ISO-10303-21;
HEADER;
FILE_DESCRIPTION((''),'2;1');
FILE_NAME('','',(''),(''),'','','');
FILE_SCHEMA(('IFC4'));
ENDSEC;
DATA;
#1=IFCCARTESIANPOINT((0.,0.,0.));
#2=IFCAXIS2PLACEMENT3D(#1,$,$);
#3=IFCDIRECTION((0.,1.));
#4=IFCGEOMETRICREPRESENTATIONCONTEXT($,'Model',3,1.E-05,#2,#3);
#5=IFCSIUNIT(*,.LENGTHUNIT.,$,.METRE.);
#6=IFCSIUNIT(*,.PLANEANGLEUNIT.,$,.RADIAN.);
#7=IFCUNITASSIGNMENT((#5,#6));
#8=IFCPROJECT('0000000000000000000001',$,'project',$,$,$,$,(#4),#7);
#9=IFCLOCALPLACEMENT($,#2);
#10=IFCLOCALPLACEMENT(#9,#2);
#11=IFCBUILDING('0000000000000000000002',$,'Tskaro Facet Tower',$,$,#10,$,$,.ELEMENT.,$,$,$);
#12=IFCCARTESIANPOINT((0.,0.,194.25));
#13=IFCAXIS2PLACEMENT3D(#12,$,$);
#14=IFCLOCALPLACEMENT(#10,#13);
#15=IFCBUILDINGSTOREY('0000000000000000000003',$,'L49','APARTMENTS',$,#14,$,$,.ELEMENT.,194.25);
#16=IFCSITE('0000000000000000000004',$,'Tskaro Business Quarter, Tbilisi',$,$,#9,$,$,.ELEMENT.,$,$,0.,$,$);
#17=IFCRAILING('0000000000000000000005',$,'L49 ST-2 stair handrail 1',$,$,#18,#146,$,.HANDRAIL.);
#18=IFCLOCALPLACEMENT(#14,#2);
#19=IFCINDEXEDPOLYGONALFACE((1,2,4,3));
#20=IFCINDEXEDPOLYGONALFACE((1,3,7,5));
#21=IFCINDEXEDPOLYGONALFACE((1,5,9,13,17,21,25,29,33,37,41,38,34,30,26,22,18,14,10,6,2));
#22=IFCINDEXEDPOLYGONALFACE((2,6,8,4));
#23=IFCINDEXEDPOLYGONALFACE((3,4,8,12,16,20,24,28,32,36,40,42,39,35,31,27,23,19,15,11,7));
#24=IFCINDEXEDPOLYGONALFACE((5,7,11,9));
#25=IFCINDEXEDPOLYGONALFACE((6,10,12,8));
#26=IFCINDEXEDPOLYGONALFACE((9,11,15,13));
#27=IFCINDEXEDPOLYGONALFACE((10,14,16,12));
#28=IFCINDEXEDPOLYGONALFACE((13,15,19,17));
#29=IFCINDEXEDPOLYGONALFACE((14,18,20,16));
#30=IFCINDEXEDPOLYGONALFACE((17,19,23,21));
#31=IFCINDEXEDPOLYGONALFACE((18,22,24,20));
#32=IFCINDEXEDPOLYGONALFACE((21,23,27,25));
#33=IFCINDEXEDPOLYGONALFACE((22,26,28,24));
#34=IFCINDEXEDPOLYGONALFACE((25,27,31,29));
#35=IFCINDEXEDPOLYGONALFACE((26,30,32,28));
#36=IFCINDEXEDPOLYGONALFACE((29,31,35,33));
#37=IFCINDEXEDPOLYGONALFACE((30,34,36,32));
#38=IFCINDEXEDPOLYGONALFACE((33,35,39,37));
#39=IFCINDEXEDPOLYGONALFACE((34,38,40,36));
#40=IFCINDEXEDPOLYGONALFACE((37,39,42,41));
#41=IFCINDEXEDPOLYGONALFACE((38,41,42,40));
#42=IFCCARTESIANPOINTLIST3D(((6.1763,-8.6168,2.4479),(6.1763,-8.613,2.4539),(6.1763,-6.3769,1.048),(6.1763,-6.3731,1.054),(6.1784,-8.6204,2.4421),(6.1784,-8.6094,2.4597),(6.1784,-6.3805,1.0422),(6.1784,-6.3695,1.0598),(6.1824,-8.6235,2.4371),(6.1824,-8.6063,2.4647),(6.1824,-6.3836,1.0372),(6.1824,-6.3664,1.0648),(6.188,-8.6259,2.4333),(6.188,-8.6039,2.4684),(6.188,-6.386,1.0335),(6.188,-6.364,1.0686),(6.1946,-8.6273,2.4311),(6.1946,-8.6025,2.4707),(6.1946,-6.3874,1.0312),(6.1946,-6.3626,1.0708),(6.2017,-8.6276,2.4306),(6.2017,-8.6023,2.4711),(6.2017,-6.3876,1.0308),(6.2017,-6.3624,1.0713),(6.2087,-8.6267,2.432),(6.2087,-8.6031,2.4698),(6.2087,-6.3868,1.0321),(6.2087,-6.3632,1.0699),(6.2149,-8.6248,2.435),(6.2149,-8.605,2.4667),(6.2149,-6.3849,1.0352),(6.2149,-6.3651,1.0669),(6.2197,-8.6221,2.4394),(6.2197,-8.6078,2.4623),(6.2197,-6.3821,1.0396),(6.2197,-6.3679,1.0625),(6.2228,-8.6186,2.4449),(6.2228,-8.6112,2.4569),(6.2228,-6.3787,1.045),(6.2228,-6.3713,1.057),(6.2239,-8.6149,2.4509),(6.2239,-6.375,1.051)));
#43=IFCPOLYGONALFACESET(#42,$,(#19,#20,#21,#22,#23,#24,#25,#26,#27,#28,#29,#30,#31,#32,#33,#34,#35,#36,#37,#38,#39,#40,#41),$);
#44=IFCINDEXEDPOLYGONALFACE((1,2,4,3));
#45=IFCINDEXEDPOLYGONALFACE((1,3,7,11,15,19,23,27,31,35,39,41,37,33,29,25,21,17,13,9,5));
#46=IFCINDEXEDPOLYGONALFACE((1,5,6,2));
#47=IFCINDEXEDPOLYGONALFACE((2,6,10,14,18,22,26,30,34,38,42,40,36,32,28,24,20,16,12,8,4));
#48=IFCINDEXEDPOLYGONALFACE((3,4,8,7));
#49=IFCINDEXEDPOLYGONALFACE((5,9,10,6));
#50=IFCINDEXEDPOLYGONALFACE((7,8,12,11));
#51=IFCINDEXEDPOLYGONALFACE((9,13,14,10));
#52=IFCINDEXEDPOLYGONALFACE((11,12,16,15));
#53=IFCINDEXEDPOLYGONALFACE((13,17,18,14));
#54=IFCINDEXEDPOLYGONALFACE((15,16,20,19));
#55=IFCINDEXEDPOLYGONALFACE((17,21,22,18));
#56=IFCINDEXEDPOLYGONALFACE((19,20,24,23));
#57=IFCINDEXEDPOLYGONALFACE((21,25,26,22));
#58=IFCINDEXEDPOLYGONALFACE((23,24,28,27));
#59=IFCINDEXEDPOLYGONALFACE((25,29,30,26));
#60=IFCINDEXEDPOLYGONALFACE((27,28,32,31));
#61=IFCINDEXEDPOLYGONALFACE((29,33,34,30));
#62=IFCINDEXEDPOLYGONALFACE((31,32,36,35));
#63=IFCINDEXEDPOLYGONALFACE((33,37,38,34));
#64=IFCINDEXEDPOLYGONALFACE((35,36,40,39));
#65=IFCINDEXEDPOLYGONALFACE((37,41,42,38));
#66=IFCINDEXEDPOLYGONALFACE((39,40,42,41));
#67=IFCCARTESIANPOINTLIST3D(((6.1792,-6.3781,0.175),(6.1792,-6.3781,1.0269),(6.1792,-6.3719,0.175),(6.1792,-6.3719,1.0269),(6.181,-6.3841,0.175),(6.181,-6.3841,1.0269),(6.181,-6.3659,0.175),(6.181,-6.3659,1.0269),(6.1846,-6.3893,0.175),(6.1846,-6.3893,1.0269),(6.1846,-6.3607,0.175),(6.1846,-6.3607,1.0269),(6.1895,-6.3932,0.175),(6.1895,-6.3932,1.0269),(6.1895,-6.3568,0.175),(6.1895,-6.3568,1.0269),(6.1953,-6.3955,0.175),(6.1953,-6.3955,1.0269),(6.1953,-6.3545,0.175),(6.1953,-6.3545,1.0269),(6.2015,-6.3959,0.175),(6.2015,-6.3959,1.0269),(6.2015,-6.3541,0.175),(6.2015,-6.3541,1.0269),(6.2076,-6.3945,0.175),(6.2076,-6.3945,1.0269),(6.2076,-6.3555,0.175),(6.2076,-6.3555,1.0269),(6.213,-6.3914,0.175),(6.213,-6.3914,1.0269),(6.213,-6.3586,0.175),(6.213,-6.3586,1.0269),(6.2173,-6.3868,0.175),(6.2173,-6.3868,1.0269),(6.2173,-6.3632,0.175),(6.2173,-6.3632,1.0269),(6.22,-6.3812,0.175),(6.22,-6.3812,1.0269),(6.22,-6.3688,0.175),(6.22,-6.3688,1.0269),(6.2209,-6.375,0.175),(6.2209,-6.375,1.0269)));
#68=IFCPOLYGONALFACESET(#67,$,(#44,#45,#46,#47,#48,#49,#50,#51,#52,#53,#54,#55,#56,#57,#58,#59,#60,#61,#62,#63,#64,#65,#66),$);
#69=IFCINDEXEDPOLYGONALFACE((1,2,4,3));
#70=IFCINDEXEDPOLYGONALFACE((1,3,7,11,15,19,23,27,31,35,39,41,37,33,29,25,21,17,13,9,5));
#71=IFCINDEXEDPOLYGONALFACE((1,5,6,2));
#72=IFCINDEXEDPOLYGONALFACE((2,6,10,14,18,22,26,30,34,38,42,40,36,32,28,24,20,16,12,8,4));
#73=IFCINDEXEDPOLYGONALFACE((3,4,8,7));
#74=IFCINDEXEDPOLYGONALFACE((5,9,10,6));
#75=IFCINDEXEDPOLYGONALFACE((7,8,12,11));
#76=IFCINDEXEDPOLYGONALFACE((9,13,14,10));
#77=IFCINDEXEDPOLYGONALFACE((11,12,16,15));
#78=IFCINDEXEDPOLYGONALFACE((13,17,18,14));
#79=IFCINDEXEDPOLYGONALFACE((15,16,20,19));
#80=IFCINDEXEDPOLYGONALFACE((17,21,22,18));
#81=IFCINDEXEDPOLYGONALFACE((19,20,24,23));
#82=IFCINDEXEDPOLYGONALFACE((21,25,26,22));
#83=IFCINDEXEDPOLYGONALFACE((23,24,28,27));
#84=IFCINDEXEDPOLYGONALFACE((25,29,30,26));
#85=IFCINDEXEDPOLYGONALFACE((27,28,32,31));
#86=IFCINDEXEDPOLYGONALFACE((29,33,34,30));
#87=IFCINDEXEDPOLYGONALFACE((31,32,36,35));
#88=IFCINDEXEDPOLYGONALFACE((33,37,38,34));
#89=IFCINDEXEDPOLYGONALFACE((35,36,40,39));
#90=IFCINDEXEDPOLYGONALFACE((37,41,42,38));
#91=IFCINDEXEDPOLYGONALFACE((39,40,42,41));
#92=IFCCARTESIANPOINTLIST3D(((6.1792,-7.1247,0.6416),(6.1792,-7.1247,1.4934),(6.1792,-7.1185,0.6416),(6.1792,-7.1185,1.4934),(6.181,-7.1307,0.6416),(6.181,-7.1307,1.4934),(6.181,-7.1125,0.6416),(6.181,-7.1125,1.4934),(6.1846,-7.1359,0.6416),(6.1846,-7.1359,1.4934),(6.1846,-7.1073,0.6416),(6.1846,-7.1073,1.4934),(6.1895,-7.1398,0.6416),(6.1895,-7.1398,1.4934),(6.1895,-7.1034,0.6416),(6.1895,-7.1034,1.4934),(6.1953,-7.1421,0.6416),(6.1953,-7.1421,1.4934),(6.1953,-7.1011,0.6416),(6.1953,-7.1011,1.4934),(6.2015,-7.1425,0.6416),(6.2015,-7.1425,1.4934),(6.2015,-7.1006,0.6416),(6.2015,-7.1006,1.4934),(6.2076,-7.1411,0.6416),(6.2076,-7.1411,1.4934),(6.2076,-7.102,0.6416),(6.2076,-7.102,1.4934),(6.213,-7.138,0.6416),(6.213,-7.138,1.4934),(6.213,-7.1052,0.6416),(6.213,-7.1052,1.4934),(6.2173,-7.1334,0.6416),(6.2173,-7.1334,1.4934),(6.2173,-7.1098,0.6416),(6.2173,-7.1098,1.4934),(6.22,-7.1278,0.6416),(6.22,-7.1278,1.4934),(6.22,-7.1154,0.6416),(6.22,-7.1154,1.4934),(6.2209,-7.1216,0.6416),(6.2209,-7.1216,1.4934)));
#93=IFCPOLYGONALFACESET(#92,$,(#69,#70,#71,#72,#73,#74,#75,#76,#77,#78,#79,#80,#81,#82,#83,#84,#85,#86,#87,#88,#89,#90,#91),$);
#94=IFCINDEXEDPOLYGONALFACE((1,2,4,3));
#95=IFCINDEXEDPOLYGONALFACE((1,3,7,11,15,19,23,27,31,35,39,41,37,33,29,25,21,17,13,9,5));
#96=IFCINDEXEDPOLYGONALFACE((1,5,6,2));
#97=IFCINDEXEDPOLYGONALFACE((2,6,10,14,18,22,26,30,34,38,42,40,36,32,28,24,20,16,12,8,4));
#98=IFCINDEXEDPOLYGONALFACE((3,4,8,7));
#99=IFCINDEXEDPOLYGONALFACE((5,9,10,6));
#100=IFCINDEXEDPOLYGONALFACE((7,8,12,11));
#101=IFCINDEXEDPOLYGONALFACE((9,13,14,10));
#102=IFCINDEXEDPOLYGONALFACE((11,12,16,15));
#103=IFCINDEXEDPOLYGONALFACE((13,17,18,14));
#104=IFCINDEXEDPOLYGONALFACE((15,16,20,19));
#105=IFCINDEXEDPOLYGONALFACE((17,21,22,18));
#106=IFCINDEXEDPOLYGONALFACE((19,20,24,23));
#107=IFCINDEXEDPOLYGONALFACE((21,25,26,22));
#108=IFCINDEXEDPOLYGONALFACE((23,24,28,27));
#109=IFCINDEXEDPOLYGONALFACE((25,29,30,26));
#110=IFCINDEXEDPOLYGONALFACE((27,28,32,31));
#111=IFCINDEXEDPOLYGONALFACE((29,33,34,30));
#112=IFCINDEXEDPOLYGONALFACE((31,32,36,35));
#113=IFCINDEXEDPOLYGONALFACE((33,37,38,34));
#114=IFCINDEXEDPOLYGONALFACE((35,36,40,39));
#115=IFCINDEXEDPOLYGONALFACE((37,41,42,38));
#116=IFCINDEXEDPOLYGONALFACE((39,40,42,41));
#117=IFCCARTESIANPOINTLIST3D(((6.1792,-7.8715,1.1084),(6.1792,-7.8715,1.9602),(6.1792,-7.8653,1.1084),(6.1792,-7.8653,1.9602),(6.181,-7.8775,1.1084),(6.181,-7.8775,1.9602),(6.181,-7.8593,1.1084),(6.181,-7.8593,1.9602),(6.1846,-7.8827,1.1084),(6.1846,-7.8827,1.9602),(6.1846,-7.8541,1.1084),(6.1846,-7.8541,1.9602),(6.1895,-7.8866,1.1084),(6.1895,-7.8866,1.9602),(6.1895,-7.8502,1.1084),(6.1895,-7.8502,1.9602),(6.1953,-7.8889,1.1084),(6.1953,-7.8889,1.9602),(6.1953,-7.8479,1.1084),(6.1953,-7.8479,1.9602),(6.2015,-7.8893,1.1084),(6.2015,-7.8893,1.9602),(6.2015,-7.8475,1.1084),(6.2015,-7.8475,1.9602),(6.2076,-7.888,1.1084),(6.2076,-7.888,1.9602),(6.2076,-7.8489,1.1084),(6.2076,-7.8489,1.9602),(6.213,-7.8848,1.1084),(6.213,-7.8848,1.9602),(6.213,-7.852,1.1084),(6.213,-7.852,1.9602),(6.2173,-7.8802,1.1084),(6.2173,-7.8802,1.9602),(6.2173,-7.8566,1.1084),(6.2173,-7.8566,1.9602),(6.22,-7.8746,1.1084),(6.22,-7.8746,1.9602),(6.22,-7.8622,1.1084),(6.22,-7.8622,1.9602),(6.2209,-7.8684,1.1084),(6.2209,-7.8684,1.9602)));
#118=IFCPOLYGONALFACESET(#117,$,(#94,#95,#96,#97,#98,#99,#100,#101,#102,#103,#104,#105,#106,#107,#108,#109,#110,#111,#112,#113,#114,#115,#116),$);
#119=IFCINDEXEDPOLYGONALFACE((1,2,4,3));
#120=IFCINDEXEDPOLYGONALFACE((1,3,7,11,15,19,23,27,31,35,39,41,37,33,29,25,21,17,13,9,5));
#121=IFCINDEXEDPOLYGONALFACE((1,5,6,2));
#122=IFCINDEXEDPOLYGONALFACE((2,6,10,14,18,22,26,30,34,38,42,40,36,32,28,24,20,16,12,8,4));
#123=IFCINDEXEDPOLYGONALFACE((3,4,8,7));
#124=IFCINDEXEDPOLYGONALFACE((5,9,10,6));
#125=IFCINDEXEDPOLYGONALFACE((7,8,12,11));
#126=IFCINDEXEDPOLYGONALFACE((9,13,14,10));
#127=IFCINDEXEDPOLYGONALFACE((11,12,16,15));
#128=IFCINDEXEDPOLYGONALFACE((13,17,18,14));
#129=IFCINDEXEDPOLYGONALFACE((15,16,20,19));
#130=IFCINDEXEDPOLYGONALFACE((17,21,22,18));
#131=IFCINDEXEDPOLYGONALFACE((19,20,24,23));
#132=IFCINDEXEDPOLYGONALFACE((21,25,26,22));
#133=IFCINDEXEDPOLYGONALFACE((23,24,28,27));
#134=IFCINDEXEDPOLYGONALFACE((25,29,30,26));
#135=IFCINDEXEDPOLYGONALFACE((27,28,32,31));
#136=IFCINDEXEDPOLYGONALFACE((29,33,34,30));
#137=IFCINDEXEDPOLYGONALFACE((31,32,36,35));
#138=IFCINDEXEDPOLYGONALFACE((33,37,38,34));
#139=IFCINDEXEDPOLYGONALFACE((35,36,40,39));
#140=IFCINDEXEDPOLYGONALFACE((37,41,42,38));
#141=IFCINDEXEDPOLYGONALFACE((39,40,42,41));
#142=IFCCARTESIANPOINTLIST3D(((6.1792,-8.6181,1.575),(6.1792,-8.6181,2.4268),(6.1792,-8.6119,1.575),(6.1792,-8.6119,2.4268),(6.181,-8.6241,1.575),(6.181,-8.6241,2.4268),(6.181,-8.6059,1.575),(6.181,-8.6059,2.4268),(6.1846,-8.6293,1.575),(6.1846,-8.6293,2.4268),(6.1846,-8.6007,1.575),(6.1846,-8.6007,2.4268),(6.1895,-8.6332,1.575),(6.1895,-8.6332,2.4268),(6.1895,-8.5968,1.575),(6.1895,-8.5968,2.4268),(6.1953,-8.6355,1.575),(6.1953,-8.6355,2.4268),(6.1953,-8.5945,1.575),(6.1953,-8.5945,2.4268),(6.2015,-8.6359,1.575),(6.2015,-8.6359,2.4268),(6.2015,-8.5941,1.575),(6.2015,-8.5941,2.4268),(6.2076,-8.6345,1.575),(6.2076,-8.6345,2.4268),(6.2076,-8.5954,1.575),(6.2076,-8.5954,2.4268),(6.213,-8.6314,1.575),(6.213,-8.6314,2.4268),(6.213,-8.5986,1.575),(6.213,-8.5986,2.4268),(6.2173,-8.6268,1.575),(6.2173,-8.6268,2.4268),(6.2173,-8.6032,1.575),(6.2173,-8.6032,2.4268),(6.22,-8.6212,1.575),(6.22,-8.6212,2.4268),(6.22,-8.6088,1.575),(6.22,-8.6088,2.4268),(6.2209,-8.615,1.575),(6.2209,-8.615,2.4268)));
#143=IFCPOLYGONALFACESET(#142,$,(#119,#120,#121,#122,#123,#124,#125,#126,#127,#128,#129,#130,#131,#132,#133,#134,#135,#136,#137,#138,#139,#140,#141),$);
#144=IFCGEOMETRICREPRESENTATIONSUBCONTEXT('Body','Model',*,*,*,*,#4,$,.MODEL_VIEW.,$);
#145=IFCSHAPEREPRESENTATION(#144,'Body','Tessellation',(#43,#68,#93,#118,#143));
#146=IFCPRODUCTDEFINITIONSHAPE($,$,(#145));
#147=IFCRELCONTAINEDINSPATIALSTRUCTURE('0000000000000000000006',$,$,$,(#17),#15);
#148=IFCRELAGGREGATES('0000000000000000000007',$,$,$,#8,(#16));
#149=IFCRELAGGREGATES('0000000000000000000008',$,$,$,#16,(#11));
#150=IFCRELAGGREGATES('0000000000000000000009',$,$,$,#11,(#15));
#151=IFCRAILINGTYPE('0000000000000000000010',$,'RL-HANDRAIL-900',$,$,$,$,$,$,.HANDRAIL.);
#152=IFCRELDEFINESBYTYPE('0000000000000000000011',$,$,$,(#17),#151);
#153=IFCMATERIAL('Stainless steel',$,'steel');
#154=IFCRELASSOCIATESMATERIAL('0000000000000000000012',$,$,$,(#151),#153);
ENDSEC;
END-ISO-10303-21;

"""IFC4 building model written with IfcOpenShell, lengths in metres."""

from ifc_helpers import new_model, si_unit, direction, frame, origin, origin_2d, place, context, subcontext, project, spatial, circle, extrude, material, type_object, element, save


model = new_model("IFC4")

# Units and contexts
model_context = context("Model", 3, precision=1e-05, world=origin(), true_north=direction((0.0, 1.0)))
body_context = subcontext(model_context, "Body", "Model", "MODEL_VIEW")
ifc_project = project(units=[si_unit("LENGTHUNIT", "METRE"), si_unit("PLANEANGLEUNIT", "RADIAN")], contexts=[model_context])

# Site, building, storey
site_placement = place(None, origin())
site = spatial("IfcSite", under=ifc_project, at=site_placement, Name="Tskaro Business Quarter, Tbilisi", CompositionType="ELEMENT", RefElevation=0.0)
building_placement = place(site_placement, origin())
building = spatial("IfcBuilding", under=site, at=building_placement, Name="Tskaro Facet Tower", CompositionType="ELEMENT")
storey_placement = place(building_placement, frame((0.0, 0.0, 194.25)))
storey = spatial("IfcBuildingStorey", under=building, at=storey_placement, Name="L49", Description="APARTMENTS", CompositionType="ELEMENT", Elevation=194.25)

# Shared definitions
ifc_material_1 = material(Name="Stainless steel", Category="steel")

# Railing
railing_type_1 = type_object("IfcRailingType", Name="RL-HANDRAIL-900", PredefinedType="HANDRAIL", material=ifc_material_1)
railing_1_placement = place(storey_placement, frame((6.2, -6.375, 0.175)))
element("IfcRailing", 1, at=railing_1_placement, inside=storey, type_object=railing_type_1, Name="L49 ST-2 stair handrail 1", PredefinedType="HANDRAIL", context=body_context, shape_type="SweptSolid", body=[
    extrude(circle(Radius=0.0239, at=origin_2d()), frame((0.0, 0.0, 0.876), z_axis=(0.0, -0.848014, 0.529974), x_axis=(1.0, 0.0, 0.0)), (0.0, 0.0, 1.0), 2.6414),
    extrude(circle(Radius=0.021, at=origin_2d()), origin(), (0.0, 0.0, 1.0), 0.8518),
    extrude(circle(Radius=0.021, at=origin_2d()), frame((0.0, -0.7466, 0.4666)), (0.0, 0.0, 1.0), 0.8518),
    extrude(circle(Radius=0.021, at=origin_2d()), frame((0.0, -1.4934, 0.9333)), (0.0, 0.0, 1.0), 0.8518),
    extrude(circle(Radius=0.021, at=origin_2d()), frame((0.0, -2.24, 1.3999)), (0.0, 0.0, 1.0), 0.8518),
])

save(model, "model.ifc")
